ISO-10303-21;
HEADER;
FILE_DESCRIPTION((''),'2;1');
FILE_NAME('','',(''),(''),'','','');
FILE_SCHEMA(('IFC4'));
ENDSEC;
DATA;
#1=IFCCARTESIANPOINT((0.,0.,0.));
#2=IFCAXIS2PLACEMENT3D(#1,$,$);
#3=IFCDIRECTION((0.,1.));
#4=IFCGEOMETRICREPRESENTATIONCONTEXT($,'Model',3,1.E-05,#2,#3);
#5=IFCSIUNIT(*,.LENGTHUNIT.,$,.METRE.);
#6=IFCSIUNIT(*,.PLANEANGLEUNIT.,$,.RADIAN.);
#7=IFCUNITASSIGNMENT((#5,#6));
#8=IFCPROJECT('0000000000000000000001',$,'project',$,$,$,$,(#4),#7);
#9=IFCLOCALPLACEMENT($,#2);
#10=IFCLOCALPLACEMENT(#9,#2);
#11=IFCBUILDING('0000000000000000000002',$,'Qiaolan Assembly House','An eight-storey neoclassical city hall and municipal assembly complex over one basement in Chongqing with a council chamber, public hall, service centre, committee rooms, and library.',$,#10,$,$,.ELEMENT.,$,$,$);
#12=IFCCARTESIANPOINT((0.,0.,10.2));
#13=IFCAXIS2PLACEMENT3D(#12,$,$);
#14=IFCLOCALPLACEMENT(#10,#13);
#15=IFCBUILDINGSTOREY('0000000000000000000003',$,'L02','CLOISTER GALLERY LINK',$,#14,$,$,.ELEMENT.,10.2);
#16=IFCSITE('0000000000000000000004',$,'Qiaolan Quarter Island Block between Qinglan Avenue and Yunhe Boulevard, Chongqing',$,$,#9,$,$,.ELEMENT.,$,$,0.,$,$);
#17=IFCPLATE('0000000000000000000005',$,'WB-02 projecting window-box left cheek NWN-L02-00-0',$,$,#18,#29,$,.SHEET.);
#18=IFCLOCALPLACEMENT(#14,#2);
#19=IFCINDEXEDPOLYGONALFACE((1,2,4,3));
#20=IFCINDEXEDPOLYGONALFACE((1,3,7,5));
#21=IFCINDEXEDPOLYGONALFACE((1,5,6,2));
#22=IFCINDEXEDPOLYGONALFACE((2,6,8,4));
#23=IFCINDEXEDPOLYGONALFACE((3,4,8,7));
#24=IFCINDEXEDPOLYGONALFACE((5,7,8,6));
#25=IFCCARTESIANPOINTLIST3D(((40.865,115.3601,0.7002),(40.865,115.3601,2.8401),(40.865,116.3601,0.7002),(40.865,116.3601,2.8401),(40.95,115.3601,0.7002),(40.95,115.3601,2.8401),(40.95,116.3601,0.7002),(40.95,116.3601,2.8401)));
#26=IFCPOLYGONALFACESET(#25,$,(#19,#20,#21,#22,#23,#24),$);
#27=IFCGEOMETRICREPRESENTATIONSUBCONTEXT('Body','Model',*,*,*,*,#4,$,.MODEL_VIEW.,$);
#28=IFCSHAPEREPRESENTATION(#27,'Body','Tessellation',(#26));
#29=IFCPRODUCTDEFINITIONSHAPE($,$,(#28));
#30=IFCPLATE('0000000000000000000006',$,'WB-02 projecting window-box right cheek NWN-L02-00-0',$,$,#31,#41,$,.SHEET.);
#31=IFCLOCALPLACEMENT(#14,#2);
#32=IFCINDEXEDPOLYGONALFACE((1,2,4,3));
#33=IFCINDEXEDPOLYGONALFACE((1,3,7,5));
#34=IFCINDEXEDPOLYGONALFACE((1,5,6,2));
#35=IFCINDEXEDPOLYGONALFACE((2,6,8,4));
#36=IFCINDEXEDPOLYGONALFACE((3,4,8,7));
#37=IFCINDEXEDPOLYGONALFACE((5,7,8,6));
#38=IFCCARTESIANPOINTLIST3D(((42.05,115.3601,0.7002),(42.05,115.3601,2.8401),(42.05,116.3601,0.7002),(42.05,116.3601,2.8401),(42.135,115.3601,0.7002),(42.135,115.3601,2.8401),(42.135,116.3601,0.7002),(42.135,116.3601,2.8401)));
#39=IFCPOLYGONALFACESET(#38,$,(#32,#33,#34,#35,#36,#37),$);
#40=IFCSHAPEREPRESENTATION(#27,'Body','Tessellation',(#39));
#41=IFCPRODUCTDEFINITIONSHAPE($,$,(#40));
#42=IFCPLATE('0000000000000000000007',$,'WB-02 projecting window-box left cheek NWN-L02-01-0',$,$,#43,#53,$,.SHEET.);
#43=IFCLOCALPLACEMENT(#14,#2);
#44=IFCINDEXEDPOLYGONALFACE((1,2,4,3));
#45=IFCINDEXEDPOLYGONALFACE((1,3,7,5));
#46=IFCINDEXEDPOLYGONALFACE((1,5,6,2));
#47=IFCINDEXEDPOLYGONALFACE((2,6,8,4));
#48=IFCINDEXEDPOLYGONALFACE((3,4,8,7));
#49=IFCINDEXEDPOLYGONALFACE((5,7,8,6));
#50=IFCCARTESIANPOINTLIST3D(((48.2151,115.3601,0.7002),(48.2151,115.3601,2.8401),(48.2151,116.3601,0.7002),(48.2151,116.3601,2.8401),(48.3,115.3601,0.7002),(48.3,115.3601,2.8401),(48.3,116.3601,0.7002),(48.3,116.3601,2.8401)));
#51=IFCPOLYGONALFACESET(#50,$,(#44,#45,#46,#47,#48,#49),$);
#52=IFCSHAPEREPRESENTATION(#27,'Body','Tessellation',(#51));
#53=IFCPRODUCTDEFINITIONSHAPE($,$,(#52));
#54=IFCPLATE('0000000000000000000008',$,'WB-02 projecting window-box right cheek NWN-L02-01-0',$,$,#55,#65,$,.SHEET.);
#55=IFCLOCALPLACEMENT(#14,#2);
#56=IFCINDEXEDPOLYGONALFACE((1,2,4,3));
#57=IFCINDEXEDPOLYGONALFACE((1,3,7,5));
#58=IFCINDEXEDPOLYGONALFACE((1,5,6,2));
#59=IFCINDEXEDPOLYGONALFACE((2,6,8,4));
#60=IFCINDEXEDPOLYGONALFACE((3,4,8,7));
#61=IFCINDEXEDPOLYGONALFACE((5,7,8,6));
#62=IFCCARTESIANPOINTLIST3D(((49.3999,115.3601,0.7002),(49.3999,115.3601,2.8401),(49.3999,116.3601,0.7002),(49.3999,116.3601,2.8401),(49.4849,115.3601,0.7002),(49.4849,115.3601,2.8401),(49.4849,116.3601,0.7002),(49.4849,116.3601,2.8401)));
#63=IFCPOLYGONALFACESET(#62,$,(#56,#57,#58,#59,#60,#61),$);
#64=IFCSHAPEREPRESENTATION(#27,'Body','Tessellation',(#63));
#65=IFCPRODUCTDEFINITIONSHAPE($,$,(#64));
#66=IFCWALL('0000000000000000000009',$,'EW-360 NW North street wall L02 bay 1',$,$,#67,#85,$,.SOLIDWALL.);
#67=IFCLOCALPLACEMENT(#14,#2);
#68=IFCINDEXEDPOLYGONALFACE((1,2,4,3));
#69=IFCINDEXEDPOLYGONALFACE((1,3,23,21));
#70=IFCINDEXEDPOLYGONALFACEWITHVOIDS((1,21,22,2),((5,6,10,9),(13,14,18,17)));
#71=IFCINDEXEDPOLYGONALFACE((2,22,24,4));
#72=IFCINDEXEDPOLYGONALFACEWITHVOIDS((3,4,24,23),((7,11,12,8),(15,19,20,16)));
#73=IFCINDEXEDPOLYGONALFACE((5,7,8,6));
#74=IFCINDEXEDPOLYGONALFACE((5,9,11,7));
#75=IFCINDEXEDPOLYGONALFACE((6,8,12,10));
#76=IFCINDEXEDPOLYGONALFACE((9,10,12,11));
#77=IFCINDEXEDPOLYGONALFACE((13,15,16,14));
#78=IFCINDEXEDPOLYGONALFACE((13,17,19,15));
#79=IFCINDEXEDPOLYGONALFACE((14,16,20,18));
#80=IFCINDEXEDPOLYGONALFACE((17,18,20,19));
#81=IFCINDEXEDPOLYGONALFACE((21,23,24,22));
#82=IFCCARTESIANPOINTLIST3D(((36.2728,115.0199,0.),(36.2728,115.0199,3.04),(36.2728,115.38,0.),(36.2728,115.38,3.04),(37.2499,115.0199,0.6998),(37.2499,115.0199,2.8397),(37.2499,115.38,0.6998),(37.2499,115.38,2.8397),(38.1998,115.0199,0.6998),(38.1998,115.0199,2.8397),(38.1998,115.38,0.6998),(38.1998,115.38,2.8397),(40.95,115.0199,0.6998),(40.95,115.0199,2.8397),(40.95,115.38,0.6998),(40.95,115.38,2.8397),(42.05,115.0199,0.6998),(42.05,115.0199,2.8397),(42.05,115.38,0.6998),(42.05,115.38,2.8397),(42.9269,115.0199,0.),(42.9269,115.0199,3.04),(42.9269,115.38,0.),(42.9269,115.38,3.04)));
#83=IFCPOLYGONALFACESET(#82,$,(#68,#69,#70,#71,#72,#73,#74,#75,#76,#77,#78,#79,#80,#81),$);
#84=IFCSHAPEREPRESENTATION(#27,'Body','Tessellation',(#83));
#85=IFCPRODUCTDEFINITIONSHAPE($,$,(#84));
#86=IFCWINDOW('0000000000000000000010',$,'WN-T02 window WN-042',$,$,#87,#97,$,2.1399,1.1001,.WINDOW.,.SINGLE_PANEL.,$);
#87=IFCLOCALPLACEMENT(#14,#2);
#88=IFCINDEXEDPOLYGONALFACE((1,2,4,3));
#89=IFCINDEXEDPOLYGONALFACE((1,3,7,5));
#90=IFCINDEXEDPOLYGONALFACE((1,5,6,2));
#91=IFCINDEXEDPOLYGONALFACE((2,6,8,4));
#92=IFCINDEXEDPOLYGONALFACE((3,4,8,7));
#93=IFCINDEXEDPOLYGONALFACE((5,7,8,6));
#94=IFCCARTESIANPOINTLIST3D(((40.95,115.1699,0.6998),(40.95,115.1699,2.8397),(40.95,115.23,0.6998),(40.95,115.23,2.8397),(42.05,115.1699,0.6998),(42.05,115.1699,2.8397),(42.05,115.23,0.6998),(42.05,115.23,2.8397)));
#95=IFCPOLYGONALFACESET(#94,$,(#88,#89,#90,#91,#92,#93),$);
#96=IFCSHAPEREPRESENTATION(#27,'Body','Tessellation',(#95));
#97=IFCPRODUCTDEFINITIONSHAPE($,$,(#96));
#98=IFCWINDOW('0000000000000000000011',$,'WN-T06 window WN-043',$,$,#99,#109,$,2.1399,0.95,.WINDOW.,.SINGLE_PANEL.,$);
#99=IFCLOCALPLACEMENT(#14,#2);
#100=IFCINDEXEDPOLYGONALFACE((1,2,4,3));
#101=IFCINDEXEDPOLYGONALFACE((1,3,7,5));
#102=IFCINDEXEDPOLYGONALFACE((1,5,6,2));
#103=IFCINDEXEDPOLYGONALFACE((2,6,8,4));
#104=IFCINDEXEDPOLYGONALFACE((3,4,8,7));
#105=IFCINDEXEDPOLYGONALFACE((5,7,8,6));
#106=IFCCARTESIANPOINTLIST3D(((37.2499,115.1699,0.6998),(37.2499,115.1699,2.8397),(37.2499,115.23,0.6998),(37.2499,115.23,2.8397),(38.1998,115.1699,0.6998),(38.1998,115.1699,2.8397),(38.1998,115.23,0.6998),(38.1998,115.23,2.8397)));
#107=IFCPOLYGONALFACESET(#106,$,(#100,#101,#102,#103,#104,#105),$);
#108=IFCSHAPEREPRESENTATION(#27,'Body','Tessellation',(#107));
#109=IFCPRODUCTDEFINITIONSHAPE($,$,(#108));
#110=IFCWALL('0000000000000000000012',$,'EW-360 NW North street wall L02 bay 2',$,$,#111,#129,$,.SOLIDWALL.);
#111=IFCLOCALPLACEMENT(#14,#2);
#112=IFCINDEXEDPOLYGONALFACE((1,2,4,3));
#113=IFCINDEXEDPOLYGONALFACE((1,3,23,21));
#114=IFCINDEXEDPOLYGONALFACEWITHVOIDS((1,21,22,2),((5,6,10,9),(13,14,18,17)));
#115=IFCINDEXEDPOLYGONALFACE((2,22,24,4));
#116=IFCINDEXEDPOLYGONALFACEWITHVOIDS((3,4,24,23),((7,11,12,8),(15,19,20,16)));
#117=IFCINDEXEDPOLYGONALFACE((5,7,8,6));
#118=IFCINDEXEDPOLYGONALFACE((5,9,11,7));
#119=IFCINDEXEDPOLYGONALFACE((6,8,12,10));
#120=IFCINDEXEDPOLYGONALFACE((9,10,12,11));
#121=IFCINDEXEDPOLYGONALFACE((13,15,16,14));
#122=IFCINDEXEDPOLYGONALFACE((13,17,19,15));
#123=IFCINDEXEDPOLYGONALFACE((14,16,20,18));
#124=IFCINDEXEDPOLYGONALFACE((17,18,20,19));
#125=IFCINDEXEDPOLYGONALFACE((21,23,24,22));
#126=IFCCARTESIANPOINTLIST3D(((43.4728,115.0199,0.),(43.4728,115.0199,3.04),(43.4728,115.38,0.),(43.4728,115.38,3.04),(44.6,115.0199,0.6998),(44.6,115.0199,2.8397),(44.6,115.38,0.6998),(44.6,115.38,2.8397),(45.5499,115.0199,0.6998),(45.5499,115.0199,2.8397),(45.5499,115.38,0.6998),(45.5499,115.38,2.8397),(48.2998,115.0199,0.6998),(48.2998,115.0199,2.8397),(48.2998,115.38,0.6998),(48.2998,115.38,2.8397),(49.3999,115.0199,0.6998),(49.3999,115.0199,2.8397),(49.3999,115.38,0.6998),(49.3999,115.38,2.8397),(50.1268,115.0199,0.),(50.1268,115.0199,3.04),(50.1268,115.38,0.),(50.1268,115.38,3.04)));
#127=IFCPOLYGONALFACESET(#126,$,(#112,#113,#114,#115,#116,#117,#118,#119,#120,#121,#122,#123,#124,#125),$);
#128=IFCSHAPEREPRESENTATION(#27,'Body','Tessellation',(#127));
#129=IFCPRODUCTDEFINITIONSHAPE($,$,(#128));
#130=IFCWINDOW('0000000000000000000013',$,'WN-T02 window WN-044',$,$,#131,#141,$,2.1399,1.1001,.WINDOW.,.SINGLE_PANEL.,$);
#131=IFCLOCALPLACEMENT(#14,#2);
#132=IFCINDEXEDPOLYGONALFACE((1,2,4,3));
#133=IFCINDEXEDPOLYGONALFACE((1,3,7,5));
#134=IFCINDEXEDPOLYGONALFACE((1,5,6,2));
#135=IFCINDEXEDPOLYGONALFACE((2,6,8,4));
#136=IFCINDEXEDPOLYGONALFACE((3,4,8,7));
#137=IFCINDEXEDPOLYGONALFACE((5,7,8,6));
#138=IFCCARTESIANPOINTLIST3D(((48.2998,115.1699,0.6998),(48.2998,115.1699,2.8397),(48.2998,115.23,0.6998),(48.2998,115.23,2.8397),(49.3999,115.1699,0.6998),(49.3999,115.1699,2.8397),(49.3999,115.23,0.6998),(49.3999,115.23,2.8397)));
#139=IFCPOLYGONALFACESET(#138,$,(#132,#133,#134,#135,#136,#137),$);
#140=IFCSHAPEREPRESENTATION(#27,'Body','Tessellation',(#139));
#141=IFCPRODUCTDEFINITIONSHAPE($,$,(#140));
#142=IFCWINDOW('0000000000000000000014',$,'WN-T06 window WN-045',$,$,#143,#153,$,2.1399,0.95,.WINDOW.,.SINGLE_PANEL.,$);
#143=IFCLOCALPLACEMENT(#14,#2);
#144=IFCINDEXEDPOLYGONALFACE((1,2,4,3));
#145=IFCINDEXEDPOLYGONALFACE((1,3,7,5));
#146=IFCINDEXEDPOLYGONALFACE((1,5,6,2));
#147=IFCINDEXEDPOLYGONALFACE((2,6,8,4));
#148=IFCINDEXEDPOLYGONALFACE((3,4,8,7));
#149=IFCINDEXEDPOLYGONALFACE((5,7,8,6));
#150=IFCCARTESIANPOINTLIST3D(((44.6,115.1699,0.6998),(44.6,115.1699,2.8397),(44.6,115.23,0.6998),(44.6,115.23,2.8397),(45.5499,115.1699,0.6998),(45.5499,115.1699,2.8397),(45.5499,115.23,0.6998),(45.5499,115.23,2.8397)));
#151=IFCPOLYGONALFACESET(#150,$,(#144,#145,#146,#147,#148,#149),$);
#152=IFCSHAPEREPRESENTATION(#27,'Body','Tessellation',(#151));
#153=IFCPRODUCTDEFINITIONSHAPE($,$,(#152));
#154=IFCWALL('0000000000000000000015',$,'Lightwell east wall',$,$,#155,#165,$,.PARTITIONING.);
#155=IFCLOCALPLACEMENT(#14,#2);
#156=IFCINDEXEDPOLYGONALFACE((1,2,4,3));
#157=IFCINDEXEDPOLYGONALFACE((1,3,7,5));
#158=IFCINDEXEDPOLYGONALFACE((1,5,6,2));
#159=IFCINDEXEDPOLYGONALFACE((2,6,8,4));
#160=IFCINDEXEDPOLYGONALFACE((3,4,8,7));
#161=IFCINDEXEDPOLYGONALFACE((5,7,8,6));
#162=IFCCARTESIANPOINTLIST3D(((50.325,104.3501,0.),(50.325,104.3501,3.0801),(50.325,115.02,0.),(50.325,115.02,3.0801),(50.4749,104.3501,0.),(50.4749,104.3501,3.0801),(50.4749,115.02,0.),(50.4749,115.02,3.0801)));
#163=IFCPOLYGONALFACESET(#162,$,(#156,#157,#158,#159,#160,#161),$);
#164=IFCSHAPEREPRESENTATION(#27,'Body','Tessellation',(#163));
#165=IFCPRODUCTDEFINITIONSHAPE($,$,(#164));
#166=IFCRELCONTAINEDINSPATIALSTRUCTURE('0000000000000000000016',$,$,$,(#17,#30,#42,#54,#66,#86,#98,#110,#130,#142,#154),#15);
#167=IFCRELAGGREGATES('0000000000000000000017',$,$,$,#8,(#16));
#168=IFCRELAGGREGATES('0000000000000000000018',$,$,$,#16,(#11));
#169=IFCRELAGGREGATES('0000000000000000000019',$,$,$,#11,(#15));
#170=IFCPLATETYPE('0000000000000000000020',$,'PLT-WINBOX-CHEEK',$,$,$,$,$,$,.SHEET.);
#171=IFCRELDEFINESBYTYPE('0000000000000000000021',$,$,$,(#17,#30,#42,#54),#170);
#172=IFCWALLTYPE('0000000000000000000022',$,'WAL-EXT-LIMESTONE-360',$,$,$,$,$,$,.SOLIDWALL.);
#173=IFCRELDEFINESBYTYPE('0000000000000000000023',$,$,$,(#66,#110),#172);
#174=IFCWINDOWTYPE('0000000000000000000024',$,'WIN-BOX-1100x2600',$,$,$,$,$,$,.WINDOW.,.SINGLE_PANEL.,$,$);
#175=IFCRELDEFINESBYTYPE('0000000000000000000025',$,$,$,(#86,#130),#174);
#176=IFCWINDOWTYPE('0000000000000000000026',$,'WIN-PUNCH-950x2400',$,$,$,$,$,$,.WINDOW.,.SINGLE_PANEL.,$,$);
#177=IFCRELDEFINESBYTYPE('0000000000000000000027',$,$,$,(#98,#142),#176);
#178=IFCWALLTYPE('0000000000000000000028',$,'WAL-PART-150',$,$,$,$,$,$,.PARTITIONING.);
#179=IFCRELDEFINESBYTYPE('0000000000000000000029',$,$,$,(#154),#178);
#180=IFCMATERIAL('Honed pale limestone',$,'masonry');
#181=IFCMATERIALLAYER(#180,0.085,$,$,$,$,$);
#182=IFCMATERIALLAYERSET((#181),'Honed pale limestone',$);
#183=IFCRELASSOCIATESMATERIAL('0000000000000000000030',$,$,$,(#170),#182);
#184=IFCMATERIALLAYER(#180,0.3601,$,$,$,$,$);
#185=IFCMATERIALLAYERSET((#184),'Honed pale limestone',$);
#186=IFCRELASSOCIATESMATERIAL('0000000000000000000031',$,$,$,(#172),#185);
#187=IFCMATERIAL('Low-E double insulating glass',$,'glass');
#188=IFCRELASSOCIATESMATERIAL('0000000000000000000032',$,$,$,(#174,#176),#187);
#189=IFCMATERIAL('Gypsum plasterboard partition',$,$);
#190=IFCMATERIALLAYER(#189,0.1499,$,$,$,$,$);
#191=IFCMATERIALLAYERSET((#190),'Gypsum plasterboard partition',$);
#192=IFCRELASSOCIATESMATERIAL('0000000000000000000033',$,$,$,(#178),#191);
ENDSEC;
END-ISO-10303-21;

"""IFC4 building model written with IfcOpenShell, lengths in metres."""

from ifc_helpers import new_model, si_unit, direction, frame, frame_2d, origin, origin_2d, place, context, subcontext, project, spatial, rectangle, extrude, material, layer, layer_set, type_object, element, fill, save


model = new_model("IFC4")

# Units and contexts
model_context = context("Model", 3, precision=1e-05, world=origin(), true_north=direction((0.0, 1.0)))
body_context = subcontext(model_context, "Body", "Model", "MODEL_VIEW")
ifc_project = project(units=[si_unit("LENGTHUNIT", "METRE"), si_unit("PLANEANGLEUNIT", "RADIAN")], contexts=[model_context])

# Site, building, storey
site_placement = place(None, origin())
site = spatial("IfcSite", under=ifc_project, at=site_placement, Name="Qiaolan Quarter Island Block between Qinglan Avenue and Yunhe Boulevard, Chongqing", CompositionType="ELEMENT", RefElevation=0.0)
building_placement = place(site_placement, origin())
building = spatial("IfcBuilding", under=site, at=building_placement, Name="Qiaolan Assembly House", Description="An eight-storey neoclassical city hall and municipal assembly complex over one basement in Chongqing with a council chamber, public hall, service centre, committee rooms, and library.", CompositionType="ELEMENT")
storey_placement = place(building_placement, frame((0.0, 0.0, 10.2)))
storey = spatial("IfcBuildingStorey", under=building, at=storey_placement, Name="L02", Description="CLOISTER GALLERY LINK", CompositionType="ELEMENT", Elevation=10.2)

# Plates
ifc_material_1 = material(Name="Honed pale limestone", Category="masonry")
ifc_layer_1 = layer(ifc_material_1, 0.085)
ifc_layer_set_1 = layer_set([ifc_layer_1], Name="Honed pale limestone")
plate_type = type_object("IfcPlateType", Name="PLT-WINBOX-CHEEK", PredefinedType="SHEET", material=ifc_layer_set_1)
for number, where, z_axis, x_axis, name in (
    (1, (40.9075, 115.8601, 0.7002), (0.0, 0.0, 1.0), (1.0, 0.0, 0.0), "WB-02 projecting window-box left cheek NWN-L02-00-0"),
    (2, (42.0925, 115.8601, 0.7002), (0.0, 0.0, 1.0), (1.0, 0.0, 0.0), "WB-02 projecting window-box right cheek NWN-L02-00-0"),
    (3, (48.2576, 115.8601, 0.7002), (0.0, 0.0, 1.0), (1.0, 0.0, 0.0), "WB-02 projecting window-box left cheek NWN-L02-01-0"),
    (4, (49.4424, 115.8601, 0.7002), (0.0, 0.0, 1.0), (1.0, 0.0, 0.0), "WB-02 projecting window-box right cheek NWN-L02-01-0"),
):
    element("IfcPlate", number, at=place(storey_placement, frame(where, z_axis=z_axis, x_axis=x_axis)), inside=storey, type_object=plate_type, Name=name, PredefinedType="SHEET", context=body_context, shape_type="SweptSolid", body=[
        extrude(rectangle(XDim=0.085, YDim=1.0, at=origin_2d()), origin(), (0.0, 0.0, 1.0), 2.1399),
    ])

# Walls, openings, windows
ifc_layer_2 = layer(ifc_material_1, 0.3601)
ifc_layer_set_2 = layer_set([ifc_layer_2], Name="Honed pale limestone")
wall_type_1 = type_object("IfcWallType", Name="WAL-EXT-LIMESTONE-360", PredefinedType="SOLIDWALL", material=ifc_layer_set_2)
wall_1_placement = place(storey_placement, frame((42.927, 115.2, 0.0), z_axis=(0.0, 0.0, 1.0), x_axis=(-1.0, 0.0, 0.0)))
wall_1 = element("IfcWall", 5, at=wall_1_placement, inside=storey, type_object=wall_type_1, Name="EW-360 NW North street wall L02 bay 1", PredefinedType="SOLIDWALL", context=body_context, shape_type="SweptSolid", body=[
    extrude(rectangle(XDim=6.6541, YDim=0.3601, at=frame_2d((3.3271, 0.0))), origin(), (0.0, 0.0, 1.0), 3.04),
])
opening_1_placement = place(wall_1_placement, frame((0.877, 0.0, 0.7)))
opening_1 = element("IfcOpeningElement", 6, at=opening_1_placement, cuts=wall_1, PredefinedType="OPENING", context=body_context, shape_type="SweptSolid", body=[
    extrude(rectangle(XDim=1.1001, YDim=2.1399, at=frame_2d((0.55, 1.0698))), frame((0.0, 0.1899, 0.0), z_axis=(0.0, -1.0, 0.0), x_axis=(1.0, 0.0, 0.0)), (0.0, 0.0, 1.0), 0.3801),
])
opening_2_placement = place(wall_1_placement, frame((4.7271, 0.0, 0.7)))
opening_2 = element("IfcOpeningElement", 7, at=opening_2_placement, cuts=wall_1, PredefinedType="OPENING", context=body_context, shape_type="SweptSolid", body=[
    extrude(rectangle(XDim=0.95, YDim=2.1399, at=frame_2d((0.4751, 1.0698))), frame((0.0, 0.1899, 0.0), z_axis=(0.0, -1.0, 0.0), x_axis=(1.0, 0.0, 0.0)), (0.0, 0.0, 1.0), 0.3801),
])
ifc_material_2 = material(Name="Low-E double insulating glass", Category="glass")
window_type_1 = type_object("IfcWindowType", Name="WIN-BOX-1100x2600", PartitioningType="SINGLE_PANEL", PredefinedType="WINDOW", material=ifc_material_2)
window_1_placement = place(opening_1_placement, origin())
window_1 = element("IfcWindow", 8, at=window_1_placement, inside=storey, type_object=window_type_1, Name="WN-T02 window WN-042", OverallHeight=2.1399, OverallWidth=1.1001, PartitioningType="SINGLE_PANEL", PredefinedType="WINDOW", context=body_context, shape_type="SweptSolid", body=[
    extrude(rectangle(XDim=1.1001, YDim=2.1399, at=frame_2d((0.55, 1.0698))), frame((0.0, 0.03, 0.0), z_axis=(0.0, -1.0, 0.0), x_axis=(1.0, 0.0, 0.0)), (0.0, 0.0, 1.0), 0.0601),
])
fill(opening_1, window_1)
window_type_2 = type_object("IfcWindowType", Name="WIN-PUNCH-950x2400", PartitioningType="SINGLE_PANEL", PredefinedType="WINDOW", material=ifc_material_2)
window_2_placement = place(opening_2_placement, origin())
window_2 = element("IfcWindow", 9, at=window_2_placement, inside=storey, type_object=window_type_2, Name="WN-T06 window WN-043", OverallHeight=2.1399, OverallWidth=0.95, PartitioningType="SINGLE_PANEL", PredefinedType="WINDOW", context=body_context, shape_type="SweptSolid", body=[
    extrude(rectangle(XDim=0.95, YDim=2.1399, at=frame_2d((0.4751, 1.0698))), frame((0.0, 0.03, 0.0), z_axis=(0.0, -1.0, 0.0), x_axis=(1.0, 0.0, 0.0)), (0.0, 0.0, 1.0), 0.0601),
])
fill(opening_2, window_2)
wall_2_placement = place(storey_placement, frame((50.127, 115.2, 0.0), z_axis=(0.0, 0.0, 1.0), x_axis=(-1.0, 0.0, 0.0)))
wall_2 = element("IfcWall", 10, at=wall_2_placement, inside=storey, type_object=wall_type_1, Name="EW-360 NW North street wall L02 bay 2", PredefinedType="SOLIDWALL", context=body_context, shape_type="SweptSolid", body=[
    extrude(rectangle(XDim=6.6541, YDim=0.3601, at=frame_2d((3.3271, 0.0))), origin(), (0.0, 0.0, 1.0), 3.04),
])
opening_3_placement = place(wall_2_placement, frame((0.7271, 0.0, 0.7)))
opening_3 = element("IfcOpeningElement", 11, at=opening_3_placement, cuts=wall_2, PredefinedType="OPENING", context=body_context, shape_type="SweptSolid", body=[
    extrude(rectangle(XDim=1.1001, YDim=2.1399, at=frame_2d((0.55, 1.0698))), frame((0.0, 0.1899, 0.0), z_axis=(0.0, -1.0, 0.0), x_axis=(1.0, 0.0, 0.0)), (0.0, 0.0, 1.0), 0.3801),
])
opening_4_placement = place(wall_2_placement, frame((4.5769, 0.0, 0.7)))
opening_4 = element("IfcOpeningElement", 12, at=opening_4_placement, cuts=wall_2, PredefinedType="OPENING", context=body_context, shape_type="SweptSolid", body=[
    extrude(rectangle(XDim=0.95, YDim=2.1399, at=frame_2d((0.4751, 1.0698))), frame((0.0, 0.1899, 0.0), z_axis=(0.0, -1.0, 0.0), x_axis=(1.0, 0.0, 0.0)), (0.0, 0.0, 1.0), 0.3801),
])
window_3_placement = place(opening_3_placement, origin())
window_3 = element("IfcWindow", 13, at=window_3_placement, inside=storey, type_object=window_type_1, Name="WN-T02 window WN-044", OverallHeight=2.1399, OverallWidth=1.1001, PartitioningType="SINGLE_PANEL", PredefinedType="WINDOW", context=body_context, shape_type="SweptSolid", body=[
    extrude(rectangle(XDim=1.1001, YDim=2.1399, at=frame_2d((0.55, 1.0698))), frame((0.0, 0.03, 0.0), z_axis=(0.0, -1.0, 0.0), x_axis=(1.0, 0.0, 0.0)), (0.0, 0.0, 1.0), 0.0601),
])
fill(opening_3, window_3)
window_4_placement = place(opening_4_placement, origin())
window_4 = element("IfcWindow", 14, at=window_4_placement, inside=storey, type_object=window_type_2, Name="WN-T06 window WN-045", OverallHeight=2.1399, OverallWidth=0.95, PartitioningType="SINGLE_PANEL", PredefinedType="WINDOW", context=body_context, shape_type="SweptSolid", body=[
    extrude(rectangle(XDim=0.95, YDim=2.1399, at=frame_2d((0.4751, 1.0698))), frame((0.0, 0.03, 0.0), z_axis=(0.0, -1.0, 0.0), x_axis=(1.0, 0.0, 0.0)), (0.0, 0.0, 1.0), 0.0601),
])
fill(opening_4, window_4)

# Wall
ifc_material_3 = material(Name="Gypsum plasterboard partition")
ifc_layer_3 = layer(ifc_material_3, 0.1499)
ifc_layer_set_3 = layer_set([ifc_layer_3], Name="Gypsum plasterboard partition")
wall_type_2 = type_object("IfcWallType", Name="WAL-PART-150", PredefinedType="PARTITIONING", material=ifc_layer_set_3)
wall_3_placement = place(storey_placement, frame((50.3999, 104.3501, 0.0), z_axis=(0.0, 0.0, 1.0), x_axis=(0.0, 1.0, 0.0)))
element("IfcWall", 15, at=wall_3_placement, inside=storey, type_object=wall_type_2, Name="Lightwell east wall", PredefinedType="PARTITIONING", context=body_context, shape_type="SweptSolid", body=[
    extrude(rectangle(XDim=10.6699, YDim=0.1499, at=frame_2d((5.335, 0.0))), origin(), (0.0, 0.0, 1.0), 3.0801),
])

save(model, "model.ifc")
